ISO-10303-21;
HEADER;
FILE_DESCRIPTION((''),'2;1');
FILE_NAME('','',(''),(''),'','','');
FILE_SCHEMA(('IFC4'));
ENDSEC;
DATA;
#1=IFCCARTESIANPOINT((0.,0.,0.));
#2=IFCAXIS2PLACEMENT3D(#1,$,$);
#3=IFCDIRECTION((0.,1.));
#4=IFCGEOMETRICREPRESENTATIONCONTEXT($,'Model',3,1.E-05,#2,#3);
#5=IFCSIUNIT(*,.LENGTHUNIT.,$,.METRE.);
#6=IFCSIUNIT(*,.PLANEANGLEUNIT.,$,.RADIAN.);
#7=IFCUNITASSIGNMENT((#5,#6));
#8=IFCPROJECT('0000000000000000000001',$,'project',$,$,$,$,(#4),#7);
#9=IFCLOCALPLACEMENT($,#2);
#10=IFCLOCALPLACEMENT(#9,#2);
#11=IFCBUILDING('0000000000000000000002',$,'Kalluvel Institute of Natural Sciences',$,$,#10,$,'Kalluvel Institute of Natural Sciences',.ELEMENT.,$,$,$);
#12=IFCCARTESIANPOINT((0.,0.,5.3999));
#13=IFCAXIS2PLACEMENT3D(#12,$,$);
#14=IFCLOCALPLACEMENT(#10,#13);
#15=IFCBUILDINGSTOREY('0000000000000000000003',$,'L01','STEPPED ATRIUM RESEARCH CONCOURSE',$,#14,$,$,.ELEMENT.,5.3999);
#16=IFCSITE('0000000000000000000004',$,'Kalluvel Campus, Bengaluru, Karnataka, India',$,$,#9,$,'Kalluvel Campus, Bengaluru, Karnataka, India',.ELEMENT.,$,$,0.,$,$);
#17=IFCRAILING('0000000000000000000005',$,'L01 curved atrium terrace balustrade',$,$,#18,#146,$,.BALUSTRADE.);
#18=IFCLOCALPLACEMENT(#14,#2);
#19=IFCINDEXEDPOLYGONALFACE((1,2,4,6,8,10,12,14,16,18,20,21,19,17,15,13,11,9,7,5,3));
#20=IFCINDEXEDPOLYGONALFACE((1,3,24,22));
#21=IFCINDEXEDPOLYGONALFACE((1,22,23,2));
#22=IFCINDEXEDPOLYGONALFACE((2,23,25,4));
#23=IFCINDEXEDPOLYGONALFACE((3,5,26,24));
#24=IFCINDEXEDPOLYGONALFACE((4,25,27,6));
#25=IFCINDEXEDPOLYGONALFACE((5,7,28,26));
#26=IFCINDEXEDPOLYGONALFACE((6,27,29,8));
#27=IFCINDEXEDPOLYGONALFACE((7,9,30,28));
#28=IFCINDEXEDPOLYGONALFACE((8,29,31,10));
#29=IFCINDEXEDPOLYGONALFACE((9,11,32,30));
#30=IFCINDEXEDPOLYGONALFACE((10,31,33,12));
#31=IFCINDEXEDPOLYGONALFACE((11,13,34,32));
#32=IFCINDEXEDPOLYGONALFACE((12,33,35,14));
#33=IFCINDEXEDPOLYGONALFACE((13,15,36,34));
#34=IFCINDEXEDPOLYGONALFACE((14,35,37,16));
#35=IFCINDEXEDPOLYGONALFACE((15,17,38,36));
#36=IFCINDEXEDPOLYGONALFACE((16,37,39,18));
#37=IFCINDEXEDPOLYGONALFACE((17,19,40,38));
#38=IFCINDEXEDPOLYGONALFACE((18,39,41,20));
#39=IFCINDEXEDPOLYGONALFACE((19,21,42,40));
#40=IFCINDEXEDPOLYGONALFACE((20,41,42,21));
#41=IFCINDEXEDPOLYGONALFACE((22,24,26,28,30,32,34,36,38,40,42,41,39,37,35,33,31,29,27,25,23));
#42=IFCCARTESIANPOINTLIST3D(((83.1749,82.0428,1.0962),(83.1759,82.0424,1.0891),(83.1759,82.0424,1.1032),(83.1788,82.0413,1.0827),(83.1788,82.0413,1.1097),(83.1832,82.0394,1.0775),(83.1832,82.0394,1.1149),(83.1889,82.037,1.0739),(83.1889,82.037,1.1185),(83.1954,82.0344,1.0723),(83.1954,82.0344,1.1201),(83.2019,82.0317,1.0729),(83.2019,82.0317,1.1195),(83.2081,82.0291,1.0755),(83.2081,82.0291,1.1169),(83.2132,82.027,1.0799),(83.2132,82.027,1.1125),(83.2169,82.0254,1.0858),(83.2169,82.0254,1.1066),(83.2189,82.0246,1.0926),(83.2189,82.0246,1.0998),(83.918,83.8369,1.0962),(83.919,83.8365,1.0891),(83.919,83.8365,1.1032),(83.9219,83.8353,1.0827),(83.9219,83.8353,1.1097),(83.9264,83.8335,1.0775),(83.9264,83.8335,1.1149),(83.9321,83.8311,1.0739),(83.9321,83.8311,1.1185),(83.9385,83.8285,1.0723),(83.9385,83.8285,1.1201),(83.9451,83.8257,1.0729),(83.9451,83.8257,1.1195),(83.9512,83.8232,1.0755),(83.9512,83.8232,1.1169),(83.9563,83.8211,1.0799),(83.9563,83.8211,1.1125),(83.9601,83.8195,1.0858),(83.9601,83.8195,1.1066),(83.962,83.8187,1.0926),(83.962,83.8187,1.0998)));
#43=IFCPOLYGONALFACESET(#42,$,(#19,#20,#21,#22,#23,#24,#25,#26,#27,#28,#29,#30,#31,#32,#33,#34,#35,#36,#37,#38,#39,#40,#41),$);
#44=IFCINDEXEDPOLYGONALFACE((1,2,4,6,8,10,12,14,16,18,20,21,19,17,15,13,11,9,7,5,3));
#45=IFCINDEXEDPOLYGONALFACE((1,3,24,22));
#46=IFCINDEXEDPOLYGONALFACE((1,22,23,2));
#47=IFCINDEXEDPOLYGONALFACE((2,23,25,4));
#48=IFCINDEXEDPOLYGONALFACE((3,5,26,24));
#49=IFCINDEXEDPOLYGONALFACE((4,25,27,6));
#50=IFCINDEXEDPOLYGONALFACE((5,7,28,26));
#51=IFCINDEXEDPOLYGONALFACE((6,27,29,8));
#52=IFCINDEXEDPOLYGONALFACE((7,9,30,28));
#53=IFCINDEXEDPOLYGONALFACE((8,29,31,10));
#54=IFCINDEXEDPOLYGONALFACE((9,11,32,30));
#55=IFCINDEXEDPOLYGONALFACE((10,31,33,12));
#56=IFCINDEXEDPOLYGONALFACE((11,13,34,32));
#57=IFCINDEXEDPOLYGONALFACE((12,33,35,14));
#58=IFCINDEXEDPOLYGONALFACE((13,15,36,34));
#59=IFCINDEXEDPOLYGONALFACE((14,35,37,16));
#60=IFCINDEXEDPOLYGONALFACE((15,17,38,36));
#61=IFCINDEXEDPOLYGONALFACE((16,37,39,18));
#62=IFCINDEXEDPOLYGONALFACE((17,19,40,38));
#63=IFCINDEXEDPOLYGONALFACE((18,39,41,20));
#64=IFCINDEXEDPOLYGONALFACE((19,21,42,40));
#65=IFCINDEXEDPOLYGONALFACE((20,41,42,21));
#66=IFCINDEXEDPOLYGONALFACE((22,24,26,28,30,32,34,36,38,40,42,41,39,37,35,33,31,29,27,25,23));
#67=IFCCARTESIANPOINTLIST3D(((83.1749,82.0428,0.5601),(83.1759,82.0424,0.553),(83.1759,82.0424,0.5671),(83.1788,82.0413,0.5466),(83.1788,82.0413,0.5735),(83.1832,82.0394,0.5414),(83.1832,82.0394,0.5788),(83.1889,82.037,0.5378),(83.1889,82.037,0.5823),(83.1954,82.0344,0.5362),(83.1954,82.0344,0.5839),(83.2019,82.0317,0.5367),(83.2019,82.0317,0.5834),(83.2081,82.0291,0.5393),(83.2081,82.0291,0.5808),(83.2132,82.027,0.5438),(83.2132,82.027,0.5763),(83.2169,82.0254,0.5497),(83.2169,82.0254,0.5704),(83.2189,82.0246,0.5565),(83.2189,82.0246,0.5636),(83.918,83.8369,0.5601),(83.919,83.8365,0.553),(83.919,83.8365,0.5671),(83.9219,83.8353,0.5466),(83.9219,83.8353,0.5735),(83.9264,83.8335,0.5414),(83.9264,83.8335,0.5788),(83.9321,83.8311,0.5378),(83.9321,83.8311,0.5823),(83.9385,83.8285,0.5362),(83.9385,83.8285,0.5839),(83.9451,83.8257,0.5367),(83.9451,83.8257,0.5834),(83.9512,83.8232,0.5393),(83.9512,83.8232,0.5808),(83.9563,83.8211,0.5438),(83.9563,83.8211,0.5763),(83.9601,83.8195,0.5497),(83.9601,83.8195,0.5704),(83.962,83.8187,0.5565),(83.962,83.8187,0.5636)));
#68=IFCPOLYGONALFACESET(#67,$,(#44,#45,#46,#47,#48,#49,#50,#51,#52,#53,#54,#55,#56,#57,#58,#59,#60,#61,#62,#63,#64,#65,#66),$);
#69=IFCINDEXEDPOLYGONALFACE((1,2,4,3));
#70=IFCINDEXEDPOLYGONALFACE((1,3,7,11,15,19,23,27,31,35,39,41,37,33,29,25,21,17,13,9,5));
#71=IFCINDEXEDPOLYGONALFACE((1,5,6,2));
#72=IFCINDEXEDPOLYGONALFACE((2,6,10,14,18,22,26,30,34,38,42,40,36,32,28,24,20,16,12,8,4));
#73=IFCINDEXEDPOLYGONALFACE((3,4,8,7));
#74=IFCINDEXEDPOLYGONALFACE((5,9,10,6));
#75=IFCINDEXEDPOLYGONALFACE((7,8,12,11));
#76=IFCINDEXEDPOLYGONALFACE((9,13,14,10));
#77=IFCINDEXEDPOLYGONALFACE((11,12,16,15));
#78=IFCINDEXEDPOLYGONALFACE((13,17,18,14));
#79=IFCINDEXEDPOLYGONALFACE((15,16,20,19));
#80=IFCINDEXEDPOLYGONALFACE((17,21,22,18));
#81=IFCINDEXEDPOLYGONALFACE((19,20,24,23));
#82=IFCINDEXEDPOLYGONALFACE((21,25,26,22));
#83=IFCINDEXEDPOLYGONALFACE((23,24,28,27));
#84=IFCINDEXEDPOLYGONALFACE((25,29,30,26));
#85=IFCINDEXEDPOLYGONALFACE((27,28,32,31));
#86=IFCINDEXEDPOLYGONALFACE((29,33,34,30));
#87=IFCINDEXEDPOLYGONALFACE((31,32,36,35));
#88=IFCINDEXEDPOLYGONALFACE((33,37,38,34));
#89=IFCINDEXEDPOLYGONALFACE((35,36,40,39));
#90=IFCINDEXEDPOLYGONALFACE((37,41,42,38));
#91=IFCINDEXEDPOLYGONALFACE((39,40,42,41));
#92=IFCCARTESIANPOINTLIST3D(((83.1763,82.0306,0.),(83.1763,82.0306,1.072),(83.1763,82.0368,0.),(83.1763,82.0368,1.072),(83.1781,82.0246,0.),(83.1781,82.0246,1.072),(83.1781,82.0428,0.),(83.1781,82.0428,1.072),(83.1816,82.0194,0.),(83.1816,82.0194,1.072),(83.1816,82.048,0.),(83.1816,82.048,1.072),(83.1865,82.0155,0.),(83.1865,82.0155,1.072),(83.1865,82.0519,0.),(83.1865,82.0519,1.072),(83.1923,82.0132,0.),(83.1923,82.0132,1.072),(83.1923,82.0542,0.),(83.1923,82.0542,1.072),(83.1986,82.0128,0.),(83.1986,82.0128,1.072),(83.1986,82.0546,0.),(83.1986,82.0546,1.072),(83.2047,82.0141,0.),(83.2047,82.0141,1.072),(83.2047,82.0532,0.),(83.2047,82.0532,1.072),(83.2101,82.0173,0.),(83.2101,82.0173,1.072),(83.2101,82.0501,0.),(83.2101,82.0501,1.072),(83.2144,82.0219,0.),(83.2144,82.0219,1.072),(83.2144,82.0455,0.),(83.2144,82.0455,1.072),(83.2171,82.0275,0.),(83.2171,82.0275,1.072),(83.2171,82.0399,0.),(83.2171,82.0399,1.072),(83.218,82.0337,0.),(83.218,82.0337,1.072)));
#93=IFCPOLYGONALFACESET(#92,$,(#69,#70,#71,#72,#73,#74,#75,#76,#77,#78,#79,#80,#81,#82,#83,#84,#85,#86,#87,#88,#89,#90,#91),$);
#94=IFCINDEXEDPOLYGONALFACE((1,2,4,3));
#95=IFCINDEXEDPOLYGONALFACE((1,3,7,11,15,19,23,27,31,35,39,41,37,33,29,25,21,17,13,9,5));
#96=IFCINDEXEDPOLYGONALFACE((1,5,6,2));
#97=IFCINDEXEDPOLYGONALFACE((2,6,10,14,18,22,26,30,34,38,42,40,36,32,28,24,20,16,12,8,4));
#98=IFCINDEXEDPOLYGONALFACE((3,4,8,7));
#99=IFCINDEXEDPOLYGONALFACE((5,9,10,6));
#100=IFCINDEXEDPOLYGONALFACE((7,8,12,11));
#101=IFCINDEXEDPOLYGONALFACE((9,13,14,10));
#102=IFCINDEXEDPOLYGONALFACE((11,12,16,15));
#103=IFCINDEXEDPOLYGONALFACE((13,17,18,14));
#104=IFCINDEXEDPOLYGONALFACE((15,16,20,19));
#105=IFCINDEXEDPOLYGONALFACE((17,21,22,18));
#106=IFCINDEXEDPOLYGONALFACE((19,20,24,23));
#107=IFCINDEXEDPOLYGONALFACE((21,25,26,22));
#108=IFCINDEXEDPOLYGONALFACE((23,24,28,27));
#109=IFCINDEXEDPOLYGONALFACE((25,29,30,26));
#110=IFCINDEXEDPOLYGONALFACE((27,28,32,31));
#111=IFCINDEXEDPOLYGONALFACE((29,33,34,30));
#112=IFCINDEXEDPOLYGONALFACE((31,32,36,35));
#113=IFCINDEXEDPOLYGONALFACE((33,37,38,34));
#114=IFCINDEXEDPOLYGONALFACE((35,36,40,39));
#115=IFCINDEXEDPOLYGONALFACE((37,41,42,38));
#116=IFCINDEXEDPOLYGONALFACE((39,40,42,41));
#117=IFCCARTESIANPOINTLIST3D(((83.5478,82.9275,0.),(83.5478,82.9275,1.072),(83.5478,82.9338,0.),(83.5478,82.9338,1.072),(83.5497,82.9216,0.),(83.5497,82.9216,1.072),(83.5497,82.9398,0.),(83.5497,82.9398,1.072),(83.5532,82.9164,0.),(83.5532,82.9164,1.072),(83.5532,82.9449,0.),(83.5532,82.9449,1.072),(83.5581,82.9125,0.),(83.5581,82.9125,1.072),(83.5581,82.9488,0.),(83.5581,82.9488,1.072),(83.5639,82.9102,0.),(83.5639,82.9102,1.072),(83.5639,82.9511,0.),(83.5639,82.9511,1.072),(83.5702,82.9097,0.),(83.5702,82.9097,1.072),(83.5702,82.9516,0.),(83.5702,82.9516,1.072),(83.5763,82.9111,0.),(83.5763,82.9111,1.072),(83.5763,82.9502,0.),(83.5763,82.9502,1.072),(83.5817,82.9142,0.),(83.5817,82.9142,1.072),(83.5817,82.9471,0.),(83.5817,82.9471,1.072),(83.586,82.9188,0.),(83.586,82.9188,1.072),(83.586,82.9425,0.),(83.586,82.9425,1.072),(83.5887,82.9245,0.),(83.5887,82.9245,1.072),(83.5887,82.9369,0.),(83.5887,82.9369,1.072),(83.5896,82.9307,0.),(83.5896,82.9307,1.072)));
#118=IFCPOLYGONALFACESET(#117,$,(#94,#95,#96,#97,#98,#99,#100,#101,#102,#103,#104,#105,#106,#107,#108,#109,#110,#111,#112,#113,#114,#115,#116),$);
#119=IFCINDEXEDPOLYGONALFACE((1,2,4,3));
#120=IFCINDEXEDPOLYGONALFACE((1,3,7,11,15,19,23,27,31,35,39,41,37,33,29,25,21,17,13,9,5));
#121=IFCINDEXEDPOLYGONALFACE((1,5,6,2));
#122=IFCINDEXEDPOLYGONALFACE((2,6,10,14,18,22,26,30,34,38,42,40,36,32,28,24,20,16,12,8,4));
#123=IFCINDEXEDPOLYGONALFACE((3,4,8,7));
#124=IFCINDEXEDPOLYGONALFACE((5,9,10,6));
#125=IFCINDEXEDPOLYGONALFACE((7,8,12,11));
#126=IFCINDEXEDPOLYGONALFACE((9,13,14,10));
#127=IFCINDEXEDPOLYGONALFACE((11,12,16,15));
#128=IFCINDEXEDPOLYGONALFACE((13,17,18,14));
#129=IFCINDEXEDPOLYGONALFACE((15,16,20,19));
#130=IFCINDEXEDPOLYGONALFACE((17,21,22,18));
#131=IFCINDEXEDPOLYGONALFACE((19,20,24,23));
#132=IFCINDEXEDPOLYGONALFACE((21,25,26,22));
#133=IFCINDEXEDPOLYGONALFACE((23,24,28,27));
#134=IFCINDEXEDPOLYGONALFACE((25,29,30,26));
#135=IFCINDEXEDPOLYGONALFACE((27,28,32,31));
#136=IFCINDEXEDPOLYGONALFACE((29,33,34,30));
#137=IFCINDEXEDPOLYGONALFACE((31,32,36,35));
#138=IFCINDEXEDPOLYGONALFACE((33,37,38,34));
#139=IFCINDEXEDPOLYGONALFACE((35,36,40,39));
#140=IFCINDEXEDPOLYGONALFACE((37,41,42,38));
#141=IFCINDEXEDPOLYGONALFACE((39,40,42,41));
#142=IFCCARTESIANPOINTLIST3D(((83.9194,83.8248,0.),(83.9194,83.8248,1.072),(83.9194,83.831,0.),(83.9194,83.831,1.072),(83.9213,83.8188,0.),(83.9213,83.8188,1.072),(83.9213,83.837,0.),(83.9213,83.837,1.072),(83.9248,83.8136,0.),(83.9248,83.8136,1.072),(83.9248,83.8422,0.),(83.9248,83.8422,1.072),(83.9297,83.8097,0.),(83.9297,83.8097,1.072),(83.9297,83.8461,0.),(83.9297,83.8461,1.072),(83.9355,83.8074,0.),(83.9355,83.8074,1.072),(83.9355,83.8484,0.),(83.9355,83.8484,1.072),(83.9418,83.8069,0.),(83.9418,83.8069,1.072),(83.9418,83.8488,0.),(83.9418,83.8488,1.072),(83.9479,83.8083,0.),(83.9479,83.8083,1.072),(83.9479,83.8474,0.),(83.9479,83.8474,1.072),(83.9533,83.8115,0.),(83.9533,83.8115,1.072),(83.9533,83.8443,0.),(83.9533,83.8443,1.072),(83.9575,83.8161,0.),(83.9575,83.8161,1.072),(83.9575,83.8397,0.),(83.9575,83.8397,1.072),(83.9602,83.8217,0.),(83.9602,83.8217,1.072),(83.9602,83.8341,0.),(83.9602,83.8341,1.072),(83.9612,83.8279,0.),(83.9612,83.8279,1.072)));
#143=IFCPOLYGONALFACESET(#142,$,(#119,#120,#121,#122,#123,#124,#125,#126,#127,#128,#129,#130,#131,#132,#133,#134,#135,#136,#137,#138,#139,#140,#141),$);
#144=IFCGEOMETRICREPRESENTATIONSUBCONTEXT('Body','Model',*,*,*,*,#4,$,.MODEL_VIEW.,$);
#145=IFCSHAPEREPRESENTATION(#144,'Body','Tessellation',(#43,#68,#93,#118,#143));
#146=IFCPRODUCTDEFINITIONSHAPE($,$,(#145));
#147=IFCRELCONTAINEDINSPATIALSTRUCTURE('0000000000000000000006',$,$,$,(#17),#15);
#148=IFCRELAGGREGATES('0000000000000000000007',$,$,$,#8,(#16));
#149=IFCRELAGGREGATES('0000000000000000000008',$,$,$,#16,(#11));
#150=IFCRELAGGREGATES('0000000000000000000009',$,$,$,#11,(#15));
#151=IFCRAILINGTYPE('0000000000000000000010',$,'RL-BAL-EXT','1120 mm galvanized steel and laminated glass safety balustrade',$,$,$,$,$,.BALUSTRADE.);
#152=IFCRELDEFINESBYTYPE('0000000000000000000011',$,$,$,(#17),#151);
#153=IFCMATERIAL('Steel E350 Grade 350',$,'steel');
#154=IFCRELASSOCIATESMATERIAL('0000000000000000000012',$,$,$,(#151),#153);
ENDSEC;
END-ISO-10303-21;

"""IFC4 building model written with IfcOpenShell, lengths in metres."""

from ifc_helpers import new_model, si_unit, direction, frame, origin, origin_2d, place, context, subcontext, project, spatial, circle, extrude, material, type_object, element, save


model = new_model("IFC4")

# Units and contexts
model_context = context("Model", 3, precision=1e-05, world=origin(), true_north=direction((0.0, 1.0)))
body_context = subcontext(model_context, "Body", "Model", "MODEL_VIEW")
ifc_project = project(units=[si_unit("LENGTHUNIT", "METRE"), si_unit("PLANEANGLEUNIT", "RADIAN")], contexts=[model_context])

# Site, building, storey
site_placement = place(None, origin())
site = spatial("IfcSite", under=ifc_project, at=site_placement, Name="Kalluvel Campus, Bengaluru, Karnataka, India", LongName="Kalluvel Campus, Bengaluru, Karnataka, India", CompositionType="ELEMENT", RefElevation=0.0)
building_placement = place(site_placement, origin())
building = spatial("IfcBuilding", under=site, at=building_placement, Name="Kalluvel Institute of Natural Sciences", LongName="Kalluvel Institute of Natural Sciences", CompositionType="ELEMENT")
storey_placement = place(building_placement, frame((0.0, 0.0, 5.3999)))
storey = spatial("IfcBuildingStorey", under=building, at=storey_placement, Name="L01", Description="STEPPED ATRIUM RESEARCH CONCOURSE", CompositionType="ELEMENT", Elevation=5.3999)

# Railing
ifc_material_1 = material(Name="Steel E350 Grade 350", Category="steel")
railing_type = type_object("IfcRailingType", Name="RL-BAL-EXT", Description="1120 mm galvanized steel and laminated glass safety balustrade", PredefinedType="BALUSTRADE", material=ifc_material_1)
railing_1_placement = place(storey_placement, frame((83.197, 82.0337, 0.0)))
element("IfcRailing", 1, at=railing_1_placement, inside=storey, type_object=railing_type, Name="L01 curved atrium terrace balustrade", PredefinedType="BALUSTRADE", context=body_context, shape_type="SweptSolid", body=[
    extrude(circle(Radius=0.0239, at=origin_2d()), frame((0.0, 0.0, 1.0962), z_axis=(0.382677, 0.923882, 0.0), x_axis=(-0.923882, 0.382677, 0.0)), (0.0, 0.0, 1.0), 1.9419),
    extrude(circle(Radius=0.0239, at=origin_2d()), frame((0.0, 0.0, 0.5601), z_axis=(0.382677, 0.923882, 0.0), x_axis=(-0.923882, 0.382677, 0.0)), (0.0, 0.0, 1.0), 1.9419),
    extrude(circle(Radius=0.021, at=origin_2d()), origin(), (0.0, 0.0, 1.0), 1.072),
    extrude(circle(Radius=0.021, at=origin_2d()), frame((0.3716, 0.897, 0.0)), (0.0, 0.0, 1.0), 1.072),
    extrude(circle(Radius=0.021, at=origin_2d()), frame((0.7432, 1.7942, 0.0)), (0.0, 0.0, 1.0), 1.072),
])

save(model, "model.ifc")
